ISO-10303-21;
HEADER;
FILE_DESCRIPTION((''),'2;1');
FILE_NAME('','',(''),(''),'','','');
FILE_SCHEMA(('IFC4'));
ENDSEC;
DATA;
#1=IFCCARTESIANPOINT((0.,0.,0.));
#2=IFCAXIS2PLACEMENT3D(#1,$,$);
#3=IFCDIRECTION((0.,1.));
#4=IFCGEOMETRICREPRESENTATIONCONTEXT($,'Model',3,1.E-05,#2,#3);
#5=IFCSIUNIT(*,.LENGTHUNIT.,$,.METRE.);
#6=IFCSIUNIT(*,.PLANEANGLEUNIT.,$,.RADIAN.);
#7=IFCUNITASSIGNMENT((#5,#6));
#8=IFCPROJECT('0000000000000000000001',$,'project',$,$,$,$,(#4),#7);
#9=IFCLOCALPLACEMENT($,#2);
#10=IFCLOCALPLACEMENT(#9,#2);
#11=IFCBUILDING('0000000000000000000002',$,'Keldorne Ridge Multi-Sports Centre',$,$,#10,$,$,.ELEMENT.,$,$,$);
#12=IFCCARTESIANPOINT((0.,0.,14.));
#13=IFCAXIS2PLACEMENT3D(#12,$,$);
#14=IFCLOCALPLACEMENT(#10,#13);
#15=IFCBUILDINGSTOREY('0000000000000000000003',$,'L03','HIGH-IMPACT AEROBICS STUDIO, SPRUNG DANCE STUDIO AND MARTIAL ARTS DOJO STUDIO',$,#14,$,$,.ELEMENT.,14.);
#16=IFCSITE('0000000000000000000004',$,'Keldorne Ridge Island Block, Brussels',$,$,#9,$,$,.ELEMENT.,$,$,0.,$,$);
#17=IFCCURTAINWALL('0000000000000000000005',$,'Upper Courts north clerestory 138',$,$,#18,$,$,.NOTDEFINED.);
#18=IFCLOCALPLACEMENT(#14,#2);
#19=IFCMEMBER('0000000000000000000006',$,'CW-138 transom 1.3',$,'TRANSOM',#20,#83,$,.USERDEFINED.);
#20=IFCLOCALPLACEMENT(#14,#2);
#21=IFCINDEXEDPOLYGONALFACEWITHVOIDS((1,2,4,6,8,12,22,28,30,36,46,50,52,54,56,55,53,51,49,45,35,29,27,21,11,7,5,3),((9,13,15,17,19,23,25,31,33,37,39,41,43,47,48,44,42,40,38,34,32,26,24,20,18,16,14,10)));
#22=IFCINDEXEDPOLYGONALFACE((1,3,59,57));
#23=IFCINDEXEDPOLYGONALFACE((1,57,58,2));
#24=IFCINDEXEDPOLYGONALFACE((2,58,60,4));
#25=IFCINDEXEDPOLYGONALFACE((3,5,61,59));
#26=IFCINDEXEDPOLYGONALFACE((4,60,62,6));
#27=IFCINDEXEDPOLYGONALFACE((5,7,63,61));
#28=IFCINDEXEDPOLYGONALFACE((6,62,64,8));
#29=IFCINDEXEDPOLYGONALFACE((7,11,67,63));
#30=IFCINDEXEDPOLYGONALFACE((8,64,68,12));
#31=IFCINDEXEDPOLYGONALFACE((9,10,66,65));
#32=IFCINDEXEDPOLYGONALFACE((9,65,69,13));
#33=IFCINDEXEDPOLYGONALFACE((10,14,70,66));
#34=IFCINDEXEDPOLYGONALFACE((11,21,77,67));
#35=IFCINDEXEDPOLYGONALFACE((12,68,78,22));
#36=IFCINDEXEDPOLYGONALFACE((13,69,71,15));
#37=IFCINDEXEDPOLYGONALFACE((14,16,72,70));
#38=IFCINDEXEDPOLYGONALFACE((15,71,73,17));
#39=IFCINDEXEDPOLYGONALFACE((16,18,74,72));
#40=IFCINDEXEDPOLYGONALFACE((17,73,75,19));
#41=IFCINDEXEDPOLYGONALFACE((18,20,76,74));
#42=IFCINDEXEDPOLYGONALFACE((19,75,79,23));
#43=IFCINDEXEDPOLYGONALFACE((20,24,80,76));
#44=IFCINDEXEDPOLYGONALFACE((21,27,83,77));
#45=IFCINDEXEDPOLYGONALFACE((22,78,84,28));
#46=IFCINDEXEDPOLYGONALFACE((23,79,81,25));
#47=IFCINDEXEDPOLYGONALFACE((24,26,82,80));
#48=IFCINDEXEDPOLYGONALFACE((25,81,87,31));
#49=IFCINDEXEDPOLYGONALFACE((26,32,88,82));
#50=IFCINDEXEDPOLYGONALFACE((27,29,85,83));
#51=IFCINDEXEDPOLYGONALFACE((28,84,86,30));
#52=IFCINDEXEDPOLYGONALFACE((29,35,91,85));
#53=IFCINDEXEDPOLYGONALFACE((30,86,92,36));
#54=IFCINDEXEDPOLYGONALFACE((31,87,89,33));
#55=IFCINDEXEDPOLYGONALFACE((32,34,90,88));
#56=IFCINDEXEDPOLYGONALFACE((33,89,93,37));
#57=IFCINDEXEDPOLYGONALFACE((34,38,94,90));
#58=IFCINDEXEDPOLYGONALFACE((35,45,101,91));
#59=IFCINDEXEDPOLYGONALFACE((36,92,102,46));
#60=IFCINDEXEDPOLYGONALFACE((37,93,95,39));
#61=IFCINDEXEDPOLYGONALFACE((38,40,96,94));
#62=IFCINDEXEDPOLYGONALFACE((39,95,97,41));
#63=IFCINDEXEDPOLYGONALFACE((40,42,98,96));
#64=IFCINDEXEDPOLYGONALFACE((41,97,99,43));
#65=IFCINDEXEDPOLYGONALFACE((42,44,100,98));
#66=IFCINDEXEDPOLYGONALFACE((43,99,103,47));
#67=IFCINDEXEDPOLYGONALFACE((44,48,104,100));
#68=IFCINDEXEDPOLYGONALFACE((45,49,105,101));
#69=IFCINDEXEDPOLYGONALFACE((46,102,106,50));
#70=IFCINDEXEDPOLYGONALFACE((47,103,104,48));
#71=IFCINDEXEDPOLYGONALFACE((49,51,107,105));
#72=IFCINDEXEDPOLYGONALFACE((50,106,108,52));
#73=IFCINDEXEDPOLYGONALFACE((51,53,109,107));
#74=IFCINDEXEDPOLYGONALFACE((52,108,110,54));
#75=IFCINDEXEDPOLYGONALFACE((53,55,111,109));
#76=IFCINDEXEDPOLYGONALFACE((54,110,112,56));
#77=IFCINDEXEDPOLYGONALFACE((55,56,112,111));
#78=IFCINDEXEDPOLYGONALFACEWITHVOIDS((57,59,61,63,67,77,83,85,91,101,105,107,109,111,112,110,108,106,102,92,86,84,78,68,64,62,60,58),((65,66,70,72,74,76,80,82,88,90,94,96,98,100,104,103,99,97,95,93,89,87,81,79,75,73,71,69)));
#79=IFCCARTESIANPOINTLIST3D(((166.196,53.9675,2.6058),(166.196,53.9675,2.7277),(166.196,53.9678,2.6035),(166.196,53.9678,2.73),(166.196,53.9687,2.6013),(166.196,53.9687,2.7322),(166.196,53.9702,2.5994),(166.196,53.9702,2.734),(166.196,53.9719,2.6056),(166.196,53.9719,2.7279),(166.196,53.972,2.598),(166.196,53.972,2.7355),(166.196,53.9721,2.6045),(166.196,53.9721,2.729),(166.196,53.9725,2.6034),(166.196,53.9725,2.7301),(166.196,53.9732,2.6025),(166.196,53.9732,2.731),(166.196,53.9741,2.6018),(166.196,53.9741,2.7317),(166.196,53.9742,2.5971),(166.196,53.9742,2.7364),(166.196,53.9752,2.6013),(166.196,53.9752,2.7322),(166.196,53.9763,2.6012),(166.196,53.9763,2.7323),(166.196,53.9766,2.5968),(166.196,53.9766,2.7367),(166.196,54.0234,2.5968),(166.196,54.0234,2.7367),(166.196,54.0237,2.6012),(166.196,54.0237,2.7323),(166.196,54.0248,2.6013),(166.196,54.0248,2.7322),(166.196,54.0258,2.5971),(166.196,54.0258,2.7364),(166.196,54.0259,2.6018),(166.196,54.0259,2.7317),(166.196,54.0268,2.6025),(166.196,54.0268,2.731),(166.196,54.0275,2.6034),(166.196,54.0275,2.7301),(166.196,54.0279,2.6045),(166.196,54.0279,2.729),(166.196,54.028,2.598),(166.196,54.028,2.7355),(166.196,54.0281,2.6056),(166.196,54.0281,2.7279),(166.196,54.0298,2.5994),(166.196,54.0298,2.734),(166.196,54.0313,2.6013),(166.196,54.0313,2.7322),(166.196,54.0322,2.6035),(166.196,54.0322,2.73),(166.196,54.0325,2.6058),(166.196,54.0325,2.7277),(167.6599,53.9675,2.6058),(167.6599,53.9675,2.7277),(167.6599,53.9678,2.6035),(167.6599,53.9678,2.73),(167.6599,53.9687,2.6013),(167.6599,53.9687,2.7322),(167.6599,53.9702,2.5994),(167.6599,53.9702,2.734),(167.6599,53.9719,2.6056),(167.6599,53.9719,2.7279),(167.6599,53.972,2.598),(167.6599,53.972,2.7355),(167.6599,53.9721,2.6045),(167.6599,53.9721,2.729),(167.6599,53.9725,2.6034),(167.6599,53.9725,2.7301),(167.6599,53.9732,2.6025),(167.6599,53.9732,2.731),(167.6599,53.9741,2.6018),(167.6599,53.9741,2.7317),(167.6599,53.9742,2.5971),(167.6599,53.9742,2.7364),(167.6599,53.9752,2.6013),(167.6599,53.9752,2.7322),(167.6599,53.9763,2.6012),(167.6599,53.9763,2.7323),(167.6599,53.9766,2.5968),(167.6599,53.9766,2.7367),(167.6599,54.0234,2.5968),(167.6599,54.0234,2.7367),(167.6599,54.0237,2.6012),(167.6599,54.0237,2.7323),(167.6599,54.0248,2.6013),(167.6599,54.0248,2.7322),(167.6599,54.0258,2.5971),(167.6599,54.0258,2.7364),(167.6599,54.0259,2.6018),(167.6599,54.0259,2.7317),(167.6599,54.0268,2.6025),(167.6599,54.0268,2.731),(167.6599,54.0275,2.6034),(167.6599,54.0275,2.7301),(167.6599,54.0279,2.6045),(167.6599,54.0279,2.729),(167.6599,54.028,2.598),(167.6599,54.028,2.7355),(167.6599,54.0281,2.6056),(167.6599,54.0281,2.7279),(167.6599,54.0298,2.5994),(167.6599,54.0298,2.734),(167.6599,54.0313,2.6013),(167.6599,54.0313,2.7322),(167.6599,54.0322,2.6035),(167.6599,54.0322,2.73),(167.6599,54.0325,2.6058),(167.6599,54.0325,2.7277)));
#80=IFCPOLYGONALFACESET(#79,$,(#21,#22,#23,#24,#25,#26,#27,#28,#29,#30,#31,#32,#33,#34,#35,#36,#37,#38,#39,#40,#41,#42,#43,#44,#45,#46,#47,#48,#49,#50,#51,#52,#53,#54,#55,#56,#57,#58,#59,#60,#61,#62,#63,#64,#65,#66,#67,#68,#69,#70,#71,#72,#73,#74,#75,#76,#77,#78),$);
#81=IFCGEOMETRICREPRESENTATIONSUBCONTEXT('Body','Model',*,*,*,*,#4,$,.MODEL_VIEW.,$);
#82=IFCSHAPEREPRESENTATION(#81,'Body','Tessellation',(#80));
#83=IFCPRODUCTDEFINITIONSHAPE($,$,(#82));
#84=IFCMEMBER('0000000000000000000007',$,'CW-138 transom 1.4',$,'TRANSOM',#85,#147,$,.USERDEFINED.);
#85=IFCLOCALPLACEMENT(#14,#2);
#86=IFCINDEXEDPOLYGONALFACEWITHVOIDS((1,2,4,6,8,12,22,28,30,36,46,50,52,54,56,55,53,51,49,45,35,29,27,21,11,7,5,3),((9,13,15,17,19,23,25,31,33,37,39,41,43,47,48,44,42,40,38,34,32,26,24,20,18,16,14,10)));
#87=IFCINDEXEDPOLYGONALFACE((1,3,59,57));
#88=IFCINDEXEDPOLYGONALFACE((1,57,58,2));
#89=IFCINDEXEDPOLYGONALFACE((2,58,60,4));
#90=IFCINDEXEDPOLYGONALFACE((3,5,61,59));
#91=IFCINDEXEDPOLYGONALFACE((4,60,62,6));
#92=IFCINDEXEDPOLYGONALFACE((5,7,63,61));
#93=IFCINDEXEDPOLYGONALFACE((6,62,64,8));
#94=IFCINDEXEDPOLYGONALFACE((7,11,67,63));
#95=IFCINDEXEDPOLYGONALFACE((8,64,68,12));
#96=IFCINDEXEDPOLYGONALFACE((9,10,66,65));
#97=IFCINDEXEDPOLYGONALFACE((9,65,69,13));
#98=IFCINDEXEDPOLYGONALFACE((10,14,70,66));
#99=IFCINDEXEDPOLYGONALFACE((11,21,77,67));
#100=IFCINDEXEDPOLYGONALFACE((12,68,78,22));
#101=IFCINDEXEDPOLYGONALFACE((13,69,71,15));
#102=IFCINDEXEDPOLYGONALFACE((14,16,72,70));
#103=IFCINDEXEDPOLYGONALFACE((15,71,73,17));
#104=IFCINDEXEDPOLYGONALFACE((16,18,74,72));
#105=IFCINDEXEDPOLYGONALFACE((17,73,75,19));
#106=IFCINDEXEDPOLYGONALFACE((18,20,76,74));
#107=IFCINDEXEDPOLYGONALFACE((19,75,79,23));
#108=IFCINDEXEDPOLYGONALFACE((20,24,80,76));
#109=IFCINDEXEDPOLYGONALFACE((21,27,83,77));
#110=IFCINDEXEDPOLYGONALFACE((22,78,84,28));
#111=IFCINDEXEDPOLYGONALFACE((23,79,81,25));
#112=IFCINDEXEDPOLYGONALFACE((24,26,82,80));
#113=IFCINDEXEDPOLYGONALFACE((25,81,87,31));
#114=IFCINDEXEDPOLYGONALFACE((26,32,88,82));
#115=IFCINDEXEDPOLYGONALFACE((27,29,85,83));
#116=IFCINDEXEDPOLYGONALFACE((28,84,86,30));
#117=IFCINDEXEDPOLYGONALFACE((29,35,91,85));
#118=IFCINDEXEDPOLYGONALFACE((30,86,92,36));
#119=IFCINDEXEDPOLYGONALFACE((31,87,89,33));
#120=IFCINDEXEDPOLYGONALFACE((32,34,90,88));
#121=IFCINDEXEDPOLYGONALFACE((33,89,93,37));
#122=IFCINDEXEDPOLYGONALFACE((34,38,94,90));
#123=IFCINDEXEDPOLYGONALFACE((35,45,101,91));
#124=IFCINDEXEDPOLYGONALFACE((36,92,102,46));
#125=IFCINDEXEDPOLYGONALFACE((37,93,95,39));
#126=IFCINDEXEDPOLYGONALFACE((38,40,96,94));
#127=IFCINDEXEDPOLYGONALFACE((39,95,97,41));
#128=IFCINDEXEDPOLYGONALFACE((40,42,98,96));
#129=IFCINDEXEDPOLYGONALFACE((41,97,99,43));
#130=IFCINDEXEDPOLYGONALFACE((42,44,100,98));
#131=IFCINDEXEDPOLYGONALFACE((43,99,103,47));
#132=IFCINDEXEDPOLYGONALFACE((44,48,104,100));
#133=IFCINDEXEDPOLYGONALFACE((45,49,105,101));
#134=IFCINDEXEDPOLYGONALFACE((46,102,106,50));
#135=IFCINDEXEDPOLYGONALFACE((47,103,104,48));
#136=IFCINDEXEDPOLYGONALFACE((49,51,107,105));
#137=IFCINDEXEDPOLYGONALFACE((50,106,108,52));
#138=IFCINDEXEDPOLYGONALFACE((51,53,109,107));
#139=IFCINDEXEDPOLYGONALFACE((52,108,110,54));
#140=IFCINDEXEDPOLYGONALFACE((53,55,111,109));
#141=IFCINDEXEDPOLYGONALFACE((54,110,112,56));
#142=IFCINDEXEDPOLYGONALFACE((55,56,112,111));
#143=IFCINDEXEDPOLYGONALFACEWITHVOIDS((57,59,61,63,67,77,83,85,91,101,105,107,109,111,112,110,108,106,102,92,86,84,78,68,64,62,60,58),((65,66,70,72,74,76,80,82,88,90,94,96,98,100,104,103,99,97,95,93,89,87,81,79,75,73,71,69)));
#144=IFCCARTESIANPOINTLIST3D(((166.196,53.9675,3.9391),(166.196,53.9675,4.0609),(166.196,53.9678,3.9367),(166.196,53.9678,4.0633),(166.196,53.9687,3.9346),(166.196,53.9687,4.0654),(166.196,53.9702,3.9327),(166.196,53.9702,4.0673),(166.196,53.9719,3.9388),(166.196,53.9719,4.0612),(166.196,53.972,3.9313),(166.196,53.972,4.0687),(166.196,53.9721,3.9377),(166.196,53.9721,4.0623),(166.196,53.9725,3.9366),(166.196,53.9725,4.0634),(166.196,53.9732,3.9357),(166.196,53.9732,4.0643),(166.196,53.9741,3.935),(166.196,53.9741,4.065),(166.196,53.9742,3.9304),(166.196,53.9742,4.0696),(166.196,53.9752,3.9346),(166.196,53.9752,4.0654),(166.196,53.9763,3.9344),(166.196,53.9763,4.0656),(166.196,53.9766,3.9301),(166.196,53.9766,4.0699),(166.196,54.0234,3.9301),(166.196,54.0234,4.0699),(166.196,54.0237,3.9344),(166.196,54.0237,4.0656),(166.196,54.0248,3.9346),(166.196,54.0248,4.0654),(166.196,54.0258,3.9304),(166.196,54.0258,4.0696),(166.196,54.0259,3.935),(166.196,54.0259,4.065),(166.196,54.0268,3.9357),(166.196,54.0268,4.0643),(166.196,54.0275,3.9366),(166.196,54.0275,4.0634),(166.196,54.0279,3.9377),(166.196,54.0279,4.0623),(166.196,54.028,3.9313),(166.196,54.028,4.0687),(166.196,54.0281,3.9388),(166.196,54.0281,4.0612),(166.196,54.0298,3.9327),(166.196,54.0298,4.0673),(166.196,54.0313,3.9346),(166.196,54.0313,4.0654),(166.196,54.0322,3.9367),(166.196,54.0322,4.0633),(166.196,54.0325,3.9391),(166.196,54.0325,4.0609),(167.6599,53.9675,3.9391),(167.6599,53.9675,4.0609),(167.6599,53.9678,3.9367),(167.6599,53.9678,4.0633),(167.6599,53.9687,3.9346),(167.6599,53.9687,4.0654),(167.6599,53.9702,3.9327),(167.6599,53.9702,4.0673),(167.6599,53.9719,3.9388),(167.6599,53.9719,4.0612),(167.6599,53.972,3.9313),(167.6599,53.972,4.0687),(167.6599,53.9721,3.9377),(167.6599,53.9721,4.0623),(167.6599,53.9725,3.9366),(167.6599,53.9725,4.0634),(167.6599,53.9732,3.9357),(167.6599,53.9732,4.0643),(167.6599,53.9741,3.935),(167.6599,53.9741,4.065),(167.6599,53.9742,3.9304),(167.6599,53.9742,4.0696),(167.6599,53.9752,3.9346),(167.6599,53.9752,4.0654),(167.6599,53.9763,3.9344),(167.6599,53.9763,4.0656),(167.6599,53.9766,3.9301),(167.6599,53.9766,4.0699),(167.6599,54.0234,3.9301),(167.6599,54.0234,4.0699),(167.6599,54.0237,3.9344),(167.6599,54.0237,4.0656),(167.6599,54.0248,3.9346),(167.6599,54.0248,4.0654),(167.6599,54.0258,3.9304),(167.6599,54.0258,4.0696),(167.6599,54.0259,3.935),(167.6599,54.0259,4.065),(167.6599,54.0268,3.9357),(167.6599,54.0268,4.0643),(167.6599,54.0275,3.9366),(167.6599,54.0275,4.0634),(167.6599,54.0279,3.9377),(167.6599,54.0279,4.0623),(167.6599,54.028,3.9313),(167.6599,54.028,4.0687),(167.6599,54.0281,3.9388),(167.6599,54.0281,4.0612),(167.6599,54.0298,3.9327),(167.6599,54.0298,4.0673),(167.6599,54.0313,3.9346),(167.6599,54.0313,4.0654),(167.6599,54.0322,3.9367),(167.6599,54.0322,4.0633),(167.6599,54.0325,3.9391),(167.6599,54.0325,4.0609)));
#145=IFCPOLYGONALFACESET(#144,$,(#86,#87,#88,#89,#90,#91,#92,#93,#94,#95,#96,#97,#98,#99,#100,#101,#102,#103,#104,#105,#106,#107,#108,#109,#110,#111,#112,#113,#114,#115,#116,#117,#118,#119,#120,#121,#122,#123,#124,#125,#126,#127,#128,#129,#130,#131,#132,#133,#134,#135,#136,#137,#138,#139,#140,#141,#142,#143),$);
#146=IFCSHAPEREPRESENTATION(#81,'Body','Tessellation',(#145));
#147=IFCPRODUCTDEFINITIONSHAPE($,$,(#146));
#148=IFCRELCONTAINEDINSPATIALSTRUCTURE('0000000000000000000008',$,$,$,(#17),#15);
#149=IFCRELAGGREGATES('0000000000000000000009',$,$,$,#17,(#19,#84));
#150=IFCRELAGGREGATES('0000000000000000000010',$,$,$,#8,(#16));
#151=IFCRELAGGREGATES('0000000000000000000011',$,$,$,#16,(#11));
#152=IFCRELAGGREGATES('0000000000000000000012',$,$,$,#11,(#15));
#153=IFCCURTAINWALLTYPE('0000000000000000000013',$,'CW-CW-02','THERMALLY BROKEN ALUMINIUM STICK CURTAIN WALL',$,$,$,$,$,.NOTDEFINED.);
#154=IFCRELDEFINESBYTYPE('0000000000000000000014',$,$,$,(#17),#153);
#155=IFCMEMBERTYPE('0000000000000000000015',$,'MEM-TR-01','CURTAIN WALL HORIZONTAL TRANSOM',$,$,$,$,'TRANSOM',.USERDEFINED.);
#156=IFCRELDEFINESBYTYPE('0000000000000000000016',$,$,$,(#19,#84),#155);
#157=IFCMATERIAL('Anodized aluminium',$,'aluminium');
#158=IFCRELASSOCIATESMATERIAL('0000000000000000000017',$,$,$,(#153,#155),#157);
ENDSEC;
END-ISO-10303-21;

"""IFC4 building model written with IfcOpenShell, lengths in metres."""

from ifc_helpers import new_model, si_unit, direction, frame, origin, origin_2d, place, context, subcontext, project, spatial, hollow_rectangle, extrude, material, material_profile, profile_set, type_object, element, aggregate, save


model = new_model("IFC4")

# Units and contexts
model_context = context("Model", 3, precision=1e-05, world=origin(), true_north=direction((0.0, 1.0)))
body_context = subcontext(model_context, "Body", "Model", "MODEL_VIEW")
ifc_project = project(units=[si_unit("LENGTHUNIT", "METRE"), si_unit("PLANEANGLEUNIT", "RADIAN")], contexts=[model_context])

# Site, building, storey
site_placement = place(None, origin())
site = spatial("IfcSite", under=ifc_project, at=site_placement, Name="Keldorne Ridge Island Block, Brussels", CompositionType="ELEMENT", RefElevation=0.0)
building_placement = place(site_placement, origin())
building = spatial("IfcBuilding", under=site, at=building_placement, Name="Keldorne Ridge Multi-Sports Centre", CompositionType="ELEMENT")
storey_placement = place(building_placement, frame((0.0, 0.0, 14.0)))
storey = spatial("IfcBuildingStorey", under=building, at=storey_placement, Name="L03", Description="HIGH-IMPACT AEROBICS STUDIO, SPRUNG DANCE STUDIO AND MARTIAL ARTS DOJO STUDIO", CompositionType="ELEMENT", Elevation=14.0)

# Curtain wall, members
ifc_material_1 = material(Name="Anodized aluminium", Category="aluminium")
curtain_wall_type = type_object("IfcCurtainWallType", Name="CW-CW-02", Description="THERMALLY BROKEN ALUMINIUM STICK CURTAIN WALL", PredefinedType="NOTDEFINED", material=ifc_material_1)
curtain_wall_placement = place(storey_placement, origin())
curtain_wall = element("IfcCurtainWall", 1, at=curtain_wall_placement, inside=storey, type_object=curtain_wall_type, Name="Upper Courts north clerestory 138", PredefinedType="NOTDEFINED")
ifc_material_profile_1 = material_profile(ifc_material_1, hollow_rectangle(XDim=0.0649, YDim=0.1399, WallThickness=0.0044, InnerFilletRadius=0.0044, OuterFilletRadius=0.009, at=origin_2d()), Name="ALU TRANSOM 140x65x4.5")
ifc_profile_set_1 = profile_set([ifc_material_profile_1], Name="Anodized aluminium")
member_type_1 = type_object("IfcMemberType", Name="MEM-TR-01", Description="CURTAIN WALL HORIZONTAL TRANSOM", ElementType="TRANSOM", PredefinedType="USERDEFINED", material=ifc_profile_set_1)
member_1_placement = place(storey_placement, frame((167.6599, 54.0, 2.6667), z_axis=(-1.0, 0.0, 0.0), x_axis=(0.0, -1.0, 0.0)))
member_1 = element("IfcMember", 2, at=member_1_placement, type_object=member_type_1, Name="CW-138 transom 1.3", ObjectType="TRANSOM", PredefinedType="USERDEFINED", context=body_context, shape_type="SweptSolid", body=[
    extrude(hollow_rectangle(XDim=0.0649, YDim=0.1399, WallThickness=0.0044, InnerFilletRadius=0.0044, OuterFilletRadius=0.009, at=origin_2d()), origin(), (0.0, 0.0, 1.0), 1.4639),
])
member_2_placement = place(storey_placement, frame((167.6599, 54.0, 4.0), z_axis=(-1.0, 0.0, 0.0), x_axis=(0.0, -1.0, 0.0)))
member_2 = element("IfcMember", 3, at=member_2_placement, type_object=member_type_1, Name="CW-138 transom 1.4", ObjectType="TRANSOM", PredefinedType="USERDEFINED", context=body_context, shape_type="SweptSolid", body=[
    extrude(hollow_rectangle(XDim=0.0649, YDim=0.1399, WallThickness=0.0044, InnerFilletRadius=0.0044, OuterFilletRadius=0.009, at=origin_2d()), origin(), (0.0, 0.0, 1.0), 1.4639),
])

aggregate(curtain_wall, [member_1, member_2])

save(model, "model.ifc")
